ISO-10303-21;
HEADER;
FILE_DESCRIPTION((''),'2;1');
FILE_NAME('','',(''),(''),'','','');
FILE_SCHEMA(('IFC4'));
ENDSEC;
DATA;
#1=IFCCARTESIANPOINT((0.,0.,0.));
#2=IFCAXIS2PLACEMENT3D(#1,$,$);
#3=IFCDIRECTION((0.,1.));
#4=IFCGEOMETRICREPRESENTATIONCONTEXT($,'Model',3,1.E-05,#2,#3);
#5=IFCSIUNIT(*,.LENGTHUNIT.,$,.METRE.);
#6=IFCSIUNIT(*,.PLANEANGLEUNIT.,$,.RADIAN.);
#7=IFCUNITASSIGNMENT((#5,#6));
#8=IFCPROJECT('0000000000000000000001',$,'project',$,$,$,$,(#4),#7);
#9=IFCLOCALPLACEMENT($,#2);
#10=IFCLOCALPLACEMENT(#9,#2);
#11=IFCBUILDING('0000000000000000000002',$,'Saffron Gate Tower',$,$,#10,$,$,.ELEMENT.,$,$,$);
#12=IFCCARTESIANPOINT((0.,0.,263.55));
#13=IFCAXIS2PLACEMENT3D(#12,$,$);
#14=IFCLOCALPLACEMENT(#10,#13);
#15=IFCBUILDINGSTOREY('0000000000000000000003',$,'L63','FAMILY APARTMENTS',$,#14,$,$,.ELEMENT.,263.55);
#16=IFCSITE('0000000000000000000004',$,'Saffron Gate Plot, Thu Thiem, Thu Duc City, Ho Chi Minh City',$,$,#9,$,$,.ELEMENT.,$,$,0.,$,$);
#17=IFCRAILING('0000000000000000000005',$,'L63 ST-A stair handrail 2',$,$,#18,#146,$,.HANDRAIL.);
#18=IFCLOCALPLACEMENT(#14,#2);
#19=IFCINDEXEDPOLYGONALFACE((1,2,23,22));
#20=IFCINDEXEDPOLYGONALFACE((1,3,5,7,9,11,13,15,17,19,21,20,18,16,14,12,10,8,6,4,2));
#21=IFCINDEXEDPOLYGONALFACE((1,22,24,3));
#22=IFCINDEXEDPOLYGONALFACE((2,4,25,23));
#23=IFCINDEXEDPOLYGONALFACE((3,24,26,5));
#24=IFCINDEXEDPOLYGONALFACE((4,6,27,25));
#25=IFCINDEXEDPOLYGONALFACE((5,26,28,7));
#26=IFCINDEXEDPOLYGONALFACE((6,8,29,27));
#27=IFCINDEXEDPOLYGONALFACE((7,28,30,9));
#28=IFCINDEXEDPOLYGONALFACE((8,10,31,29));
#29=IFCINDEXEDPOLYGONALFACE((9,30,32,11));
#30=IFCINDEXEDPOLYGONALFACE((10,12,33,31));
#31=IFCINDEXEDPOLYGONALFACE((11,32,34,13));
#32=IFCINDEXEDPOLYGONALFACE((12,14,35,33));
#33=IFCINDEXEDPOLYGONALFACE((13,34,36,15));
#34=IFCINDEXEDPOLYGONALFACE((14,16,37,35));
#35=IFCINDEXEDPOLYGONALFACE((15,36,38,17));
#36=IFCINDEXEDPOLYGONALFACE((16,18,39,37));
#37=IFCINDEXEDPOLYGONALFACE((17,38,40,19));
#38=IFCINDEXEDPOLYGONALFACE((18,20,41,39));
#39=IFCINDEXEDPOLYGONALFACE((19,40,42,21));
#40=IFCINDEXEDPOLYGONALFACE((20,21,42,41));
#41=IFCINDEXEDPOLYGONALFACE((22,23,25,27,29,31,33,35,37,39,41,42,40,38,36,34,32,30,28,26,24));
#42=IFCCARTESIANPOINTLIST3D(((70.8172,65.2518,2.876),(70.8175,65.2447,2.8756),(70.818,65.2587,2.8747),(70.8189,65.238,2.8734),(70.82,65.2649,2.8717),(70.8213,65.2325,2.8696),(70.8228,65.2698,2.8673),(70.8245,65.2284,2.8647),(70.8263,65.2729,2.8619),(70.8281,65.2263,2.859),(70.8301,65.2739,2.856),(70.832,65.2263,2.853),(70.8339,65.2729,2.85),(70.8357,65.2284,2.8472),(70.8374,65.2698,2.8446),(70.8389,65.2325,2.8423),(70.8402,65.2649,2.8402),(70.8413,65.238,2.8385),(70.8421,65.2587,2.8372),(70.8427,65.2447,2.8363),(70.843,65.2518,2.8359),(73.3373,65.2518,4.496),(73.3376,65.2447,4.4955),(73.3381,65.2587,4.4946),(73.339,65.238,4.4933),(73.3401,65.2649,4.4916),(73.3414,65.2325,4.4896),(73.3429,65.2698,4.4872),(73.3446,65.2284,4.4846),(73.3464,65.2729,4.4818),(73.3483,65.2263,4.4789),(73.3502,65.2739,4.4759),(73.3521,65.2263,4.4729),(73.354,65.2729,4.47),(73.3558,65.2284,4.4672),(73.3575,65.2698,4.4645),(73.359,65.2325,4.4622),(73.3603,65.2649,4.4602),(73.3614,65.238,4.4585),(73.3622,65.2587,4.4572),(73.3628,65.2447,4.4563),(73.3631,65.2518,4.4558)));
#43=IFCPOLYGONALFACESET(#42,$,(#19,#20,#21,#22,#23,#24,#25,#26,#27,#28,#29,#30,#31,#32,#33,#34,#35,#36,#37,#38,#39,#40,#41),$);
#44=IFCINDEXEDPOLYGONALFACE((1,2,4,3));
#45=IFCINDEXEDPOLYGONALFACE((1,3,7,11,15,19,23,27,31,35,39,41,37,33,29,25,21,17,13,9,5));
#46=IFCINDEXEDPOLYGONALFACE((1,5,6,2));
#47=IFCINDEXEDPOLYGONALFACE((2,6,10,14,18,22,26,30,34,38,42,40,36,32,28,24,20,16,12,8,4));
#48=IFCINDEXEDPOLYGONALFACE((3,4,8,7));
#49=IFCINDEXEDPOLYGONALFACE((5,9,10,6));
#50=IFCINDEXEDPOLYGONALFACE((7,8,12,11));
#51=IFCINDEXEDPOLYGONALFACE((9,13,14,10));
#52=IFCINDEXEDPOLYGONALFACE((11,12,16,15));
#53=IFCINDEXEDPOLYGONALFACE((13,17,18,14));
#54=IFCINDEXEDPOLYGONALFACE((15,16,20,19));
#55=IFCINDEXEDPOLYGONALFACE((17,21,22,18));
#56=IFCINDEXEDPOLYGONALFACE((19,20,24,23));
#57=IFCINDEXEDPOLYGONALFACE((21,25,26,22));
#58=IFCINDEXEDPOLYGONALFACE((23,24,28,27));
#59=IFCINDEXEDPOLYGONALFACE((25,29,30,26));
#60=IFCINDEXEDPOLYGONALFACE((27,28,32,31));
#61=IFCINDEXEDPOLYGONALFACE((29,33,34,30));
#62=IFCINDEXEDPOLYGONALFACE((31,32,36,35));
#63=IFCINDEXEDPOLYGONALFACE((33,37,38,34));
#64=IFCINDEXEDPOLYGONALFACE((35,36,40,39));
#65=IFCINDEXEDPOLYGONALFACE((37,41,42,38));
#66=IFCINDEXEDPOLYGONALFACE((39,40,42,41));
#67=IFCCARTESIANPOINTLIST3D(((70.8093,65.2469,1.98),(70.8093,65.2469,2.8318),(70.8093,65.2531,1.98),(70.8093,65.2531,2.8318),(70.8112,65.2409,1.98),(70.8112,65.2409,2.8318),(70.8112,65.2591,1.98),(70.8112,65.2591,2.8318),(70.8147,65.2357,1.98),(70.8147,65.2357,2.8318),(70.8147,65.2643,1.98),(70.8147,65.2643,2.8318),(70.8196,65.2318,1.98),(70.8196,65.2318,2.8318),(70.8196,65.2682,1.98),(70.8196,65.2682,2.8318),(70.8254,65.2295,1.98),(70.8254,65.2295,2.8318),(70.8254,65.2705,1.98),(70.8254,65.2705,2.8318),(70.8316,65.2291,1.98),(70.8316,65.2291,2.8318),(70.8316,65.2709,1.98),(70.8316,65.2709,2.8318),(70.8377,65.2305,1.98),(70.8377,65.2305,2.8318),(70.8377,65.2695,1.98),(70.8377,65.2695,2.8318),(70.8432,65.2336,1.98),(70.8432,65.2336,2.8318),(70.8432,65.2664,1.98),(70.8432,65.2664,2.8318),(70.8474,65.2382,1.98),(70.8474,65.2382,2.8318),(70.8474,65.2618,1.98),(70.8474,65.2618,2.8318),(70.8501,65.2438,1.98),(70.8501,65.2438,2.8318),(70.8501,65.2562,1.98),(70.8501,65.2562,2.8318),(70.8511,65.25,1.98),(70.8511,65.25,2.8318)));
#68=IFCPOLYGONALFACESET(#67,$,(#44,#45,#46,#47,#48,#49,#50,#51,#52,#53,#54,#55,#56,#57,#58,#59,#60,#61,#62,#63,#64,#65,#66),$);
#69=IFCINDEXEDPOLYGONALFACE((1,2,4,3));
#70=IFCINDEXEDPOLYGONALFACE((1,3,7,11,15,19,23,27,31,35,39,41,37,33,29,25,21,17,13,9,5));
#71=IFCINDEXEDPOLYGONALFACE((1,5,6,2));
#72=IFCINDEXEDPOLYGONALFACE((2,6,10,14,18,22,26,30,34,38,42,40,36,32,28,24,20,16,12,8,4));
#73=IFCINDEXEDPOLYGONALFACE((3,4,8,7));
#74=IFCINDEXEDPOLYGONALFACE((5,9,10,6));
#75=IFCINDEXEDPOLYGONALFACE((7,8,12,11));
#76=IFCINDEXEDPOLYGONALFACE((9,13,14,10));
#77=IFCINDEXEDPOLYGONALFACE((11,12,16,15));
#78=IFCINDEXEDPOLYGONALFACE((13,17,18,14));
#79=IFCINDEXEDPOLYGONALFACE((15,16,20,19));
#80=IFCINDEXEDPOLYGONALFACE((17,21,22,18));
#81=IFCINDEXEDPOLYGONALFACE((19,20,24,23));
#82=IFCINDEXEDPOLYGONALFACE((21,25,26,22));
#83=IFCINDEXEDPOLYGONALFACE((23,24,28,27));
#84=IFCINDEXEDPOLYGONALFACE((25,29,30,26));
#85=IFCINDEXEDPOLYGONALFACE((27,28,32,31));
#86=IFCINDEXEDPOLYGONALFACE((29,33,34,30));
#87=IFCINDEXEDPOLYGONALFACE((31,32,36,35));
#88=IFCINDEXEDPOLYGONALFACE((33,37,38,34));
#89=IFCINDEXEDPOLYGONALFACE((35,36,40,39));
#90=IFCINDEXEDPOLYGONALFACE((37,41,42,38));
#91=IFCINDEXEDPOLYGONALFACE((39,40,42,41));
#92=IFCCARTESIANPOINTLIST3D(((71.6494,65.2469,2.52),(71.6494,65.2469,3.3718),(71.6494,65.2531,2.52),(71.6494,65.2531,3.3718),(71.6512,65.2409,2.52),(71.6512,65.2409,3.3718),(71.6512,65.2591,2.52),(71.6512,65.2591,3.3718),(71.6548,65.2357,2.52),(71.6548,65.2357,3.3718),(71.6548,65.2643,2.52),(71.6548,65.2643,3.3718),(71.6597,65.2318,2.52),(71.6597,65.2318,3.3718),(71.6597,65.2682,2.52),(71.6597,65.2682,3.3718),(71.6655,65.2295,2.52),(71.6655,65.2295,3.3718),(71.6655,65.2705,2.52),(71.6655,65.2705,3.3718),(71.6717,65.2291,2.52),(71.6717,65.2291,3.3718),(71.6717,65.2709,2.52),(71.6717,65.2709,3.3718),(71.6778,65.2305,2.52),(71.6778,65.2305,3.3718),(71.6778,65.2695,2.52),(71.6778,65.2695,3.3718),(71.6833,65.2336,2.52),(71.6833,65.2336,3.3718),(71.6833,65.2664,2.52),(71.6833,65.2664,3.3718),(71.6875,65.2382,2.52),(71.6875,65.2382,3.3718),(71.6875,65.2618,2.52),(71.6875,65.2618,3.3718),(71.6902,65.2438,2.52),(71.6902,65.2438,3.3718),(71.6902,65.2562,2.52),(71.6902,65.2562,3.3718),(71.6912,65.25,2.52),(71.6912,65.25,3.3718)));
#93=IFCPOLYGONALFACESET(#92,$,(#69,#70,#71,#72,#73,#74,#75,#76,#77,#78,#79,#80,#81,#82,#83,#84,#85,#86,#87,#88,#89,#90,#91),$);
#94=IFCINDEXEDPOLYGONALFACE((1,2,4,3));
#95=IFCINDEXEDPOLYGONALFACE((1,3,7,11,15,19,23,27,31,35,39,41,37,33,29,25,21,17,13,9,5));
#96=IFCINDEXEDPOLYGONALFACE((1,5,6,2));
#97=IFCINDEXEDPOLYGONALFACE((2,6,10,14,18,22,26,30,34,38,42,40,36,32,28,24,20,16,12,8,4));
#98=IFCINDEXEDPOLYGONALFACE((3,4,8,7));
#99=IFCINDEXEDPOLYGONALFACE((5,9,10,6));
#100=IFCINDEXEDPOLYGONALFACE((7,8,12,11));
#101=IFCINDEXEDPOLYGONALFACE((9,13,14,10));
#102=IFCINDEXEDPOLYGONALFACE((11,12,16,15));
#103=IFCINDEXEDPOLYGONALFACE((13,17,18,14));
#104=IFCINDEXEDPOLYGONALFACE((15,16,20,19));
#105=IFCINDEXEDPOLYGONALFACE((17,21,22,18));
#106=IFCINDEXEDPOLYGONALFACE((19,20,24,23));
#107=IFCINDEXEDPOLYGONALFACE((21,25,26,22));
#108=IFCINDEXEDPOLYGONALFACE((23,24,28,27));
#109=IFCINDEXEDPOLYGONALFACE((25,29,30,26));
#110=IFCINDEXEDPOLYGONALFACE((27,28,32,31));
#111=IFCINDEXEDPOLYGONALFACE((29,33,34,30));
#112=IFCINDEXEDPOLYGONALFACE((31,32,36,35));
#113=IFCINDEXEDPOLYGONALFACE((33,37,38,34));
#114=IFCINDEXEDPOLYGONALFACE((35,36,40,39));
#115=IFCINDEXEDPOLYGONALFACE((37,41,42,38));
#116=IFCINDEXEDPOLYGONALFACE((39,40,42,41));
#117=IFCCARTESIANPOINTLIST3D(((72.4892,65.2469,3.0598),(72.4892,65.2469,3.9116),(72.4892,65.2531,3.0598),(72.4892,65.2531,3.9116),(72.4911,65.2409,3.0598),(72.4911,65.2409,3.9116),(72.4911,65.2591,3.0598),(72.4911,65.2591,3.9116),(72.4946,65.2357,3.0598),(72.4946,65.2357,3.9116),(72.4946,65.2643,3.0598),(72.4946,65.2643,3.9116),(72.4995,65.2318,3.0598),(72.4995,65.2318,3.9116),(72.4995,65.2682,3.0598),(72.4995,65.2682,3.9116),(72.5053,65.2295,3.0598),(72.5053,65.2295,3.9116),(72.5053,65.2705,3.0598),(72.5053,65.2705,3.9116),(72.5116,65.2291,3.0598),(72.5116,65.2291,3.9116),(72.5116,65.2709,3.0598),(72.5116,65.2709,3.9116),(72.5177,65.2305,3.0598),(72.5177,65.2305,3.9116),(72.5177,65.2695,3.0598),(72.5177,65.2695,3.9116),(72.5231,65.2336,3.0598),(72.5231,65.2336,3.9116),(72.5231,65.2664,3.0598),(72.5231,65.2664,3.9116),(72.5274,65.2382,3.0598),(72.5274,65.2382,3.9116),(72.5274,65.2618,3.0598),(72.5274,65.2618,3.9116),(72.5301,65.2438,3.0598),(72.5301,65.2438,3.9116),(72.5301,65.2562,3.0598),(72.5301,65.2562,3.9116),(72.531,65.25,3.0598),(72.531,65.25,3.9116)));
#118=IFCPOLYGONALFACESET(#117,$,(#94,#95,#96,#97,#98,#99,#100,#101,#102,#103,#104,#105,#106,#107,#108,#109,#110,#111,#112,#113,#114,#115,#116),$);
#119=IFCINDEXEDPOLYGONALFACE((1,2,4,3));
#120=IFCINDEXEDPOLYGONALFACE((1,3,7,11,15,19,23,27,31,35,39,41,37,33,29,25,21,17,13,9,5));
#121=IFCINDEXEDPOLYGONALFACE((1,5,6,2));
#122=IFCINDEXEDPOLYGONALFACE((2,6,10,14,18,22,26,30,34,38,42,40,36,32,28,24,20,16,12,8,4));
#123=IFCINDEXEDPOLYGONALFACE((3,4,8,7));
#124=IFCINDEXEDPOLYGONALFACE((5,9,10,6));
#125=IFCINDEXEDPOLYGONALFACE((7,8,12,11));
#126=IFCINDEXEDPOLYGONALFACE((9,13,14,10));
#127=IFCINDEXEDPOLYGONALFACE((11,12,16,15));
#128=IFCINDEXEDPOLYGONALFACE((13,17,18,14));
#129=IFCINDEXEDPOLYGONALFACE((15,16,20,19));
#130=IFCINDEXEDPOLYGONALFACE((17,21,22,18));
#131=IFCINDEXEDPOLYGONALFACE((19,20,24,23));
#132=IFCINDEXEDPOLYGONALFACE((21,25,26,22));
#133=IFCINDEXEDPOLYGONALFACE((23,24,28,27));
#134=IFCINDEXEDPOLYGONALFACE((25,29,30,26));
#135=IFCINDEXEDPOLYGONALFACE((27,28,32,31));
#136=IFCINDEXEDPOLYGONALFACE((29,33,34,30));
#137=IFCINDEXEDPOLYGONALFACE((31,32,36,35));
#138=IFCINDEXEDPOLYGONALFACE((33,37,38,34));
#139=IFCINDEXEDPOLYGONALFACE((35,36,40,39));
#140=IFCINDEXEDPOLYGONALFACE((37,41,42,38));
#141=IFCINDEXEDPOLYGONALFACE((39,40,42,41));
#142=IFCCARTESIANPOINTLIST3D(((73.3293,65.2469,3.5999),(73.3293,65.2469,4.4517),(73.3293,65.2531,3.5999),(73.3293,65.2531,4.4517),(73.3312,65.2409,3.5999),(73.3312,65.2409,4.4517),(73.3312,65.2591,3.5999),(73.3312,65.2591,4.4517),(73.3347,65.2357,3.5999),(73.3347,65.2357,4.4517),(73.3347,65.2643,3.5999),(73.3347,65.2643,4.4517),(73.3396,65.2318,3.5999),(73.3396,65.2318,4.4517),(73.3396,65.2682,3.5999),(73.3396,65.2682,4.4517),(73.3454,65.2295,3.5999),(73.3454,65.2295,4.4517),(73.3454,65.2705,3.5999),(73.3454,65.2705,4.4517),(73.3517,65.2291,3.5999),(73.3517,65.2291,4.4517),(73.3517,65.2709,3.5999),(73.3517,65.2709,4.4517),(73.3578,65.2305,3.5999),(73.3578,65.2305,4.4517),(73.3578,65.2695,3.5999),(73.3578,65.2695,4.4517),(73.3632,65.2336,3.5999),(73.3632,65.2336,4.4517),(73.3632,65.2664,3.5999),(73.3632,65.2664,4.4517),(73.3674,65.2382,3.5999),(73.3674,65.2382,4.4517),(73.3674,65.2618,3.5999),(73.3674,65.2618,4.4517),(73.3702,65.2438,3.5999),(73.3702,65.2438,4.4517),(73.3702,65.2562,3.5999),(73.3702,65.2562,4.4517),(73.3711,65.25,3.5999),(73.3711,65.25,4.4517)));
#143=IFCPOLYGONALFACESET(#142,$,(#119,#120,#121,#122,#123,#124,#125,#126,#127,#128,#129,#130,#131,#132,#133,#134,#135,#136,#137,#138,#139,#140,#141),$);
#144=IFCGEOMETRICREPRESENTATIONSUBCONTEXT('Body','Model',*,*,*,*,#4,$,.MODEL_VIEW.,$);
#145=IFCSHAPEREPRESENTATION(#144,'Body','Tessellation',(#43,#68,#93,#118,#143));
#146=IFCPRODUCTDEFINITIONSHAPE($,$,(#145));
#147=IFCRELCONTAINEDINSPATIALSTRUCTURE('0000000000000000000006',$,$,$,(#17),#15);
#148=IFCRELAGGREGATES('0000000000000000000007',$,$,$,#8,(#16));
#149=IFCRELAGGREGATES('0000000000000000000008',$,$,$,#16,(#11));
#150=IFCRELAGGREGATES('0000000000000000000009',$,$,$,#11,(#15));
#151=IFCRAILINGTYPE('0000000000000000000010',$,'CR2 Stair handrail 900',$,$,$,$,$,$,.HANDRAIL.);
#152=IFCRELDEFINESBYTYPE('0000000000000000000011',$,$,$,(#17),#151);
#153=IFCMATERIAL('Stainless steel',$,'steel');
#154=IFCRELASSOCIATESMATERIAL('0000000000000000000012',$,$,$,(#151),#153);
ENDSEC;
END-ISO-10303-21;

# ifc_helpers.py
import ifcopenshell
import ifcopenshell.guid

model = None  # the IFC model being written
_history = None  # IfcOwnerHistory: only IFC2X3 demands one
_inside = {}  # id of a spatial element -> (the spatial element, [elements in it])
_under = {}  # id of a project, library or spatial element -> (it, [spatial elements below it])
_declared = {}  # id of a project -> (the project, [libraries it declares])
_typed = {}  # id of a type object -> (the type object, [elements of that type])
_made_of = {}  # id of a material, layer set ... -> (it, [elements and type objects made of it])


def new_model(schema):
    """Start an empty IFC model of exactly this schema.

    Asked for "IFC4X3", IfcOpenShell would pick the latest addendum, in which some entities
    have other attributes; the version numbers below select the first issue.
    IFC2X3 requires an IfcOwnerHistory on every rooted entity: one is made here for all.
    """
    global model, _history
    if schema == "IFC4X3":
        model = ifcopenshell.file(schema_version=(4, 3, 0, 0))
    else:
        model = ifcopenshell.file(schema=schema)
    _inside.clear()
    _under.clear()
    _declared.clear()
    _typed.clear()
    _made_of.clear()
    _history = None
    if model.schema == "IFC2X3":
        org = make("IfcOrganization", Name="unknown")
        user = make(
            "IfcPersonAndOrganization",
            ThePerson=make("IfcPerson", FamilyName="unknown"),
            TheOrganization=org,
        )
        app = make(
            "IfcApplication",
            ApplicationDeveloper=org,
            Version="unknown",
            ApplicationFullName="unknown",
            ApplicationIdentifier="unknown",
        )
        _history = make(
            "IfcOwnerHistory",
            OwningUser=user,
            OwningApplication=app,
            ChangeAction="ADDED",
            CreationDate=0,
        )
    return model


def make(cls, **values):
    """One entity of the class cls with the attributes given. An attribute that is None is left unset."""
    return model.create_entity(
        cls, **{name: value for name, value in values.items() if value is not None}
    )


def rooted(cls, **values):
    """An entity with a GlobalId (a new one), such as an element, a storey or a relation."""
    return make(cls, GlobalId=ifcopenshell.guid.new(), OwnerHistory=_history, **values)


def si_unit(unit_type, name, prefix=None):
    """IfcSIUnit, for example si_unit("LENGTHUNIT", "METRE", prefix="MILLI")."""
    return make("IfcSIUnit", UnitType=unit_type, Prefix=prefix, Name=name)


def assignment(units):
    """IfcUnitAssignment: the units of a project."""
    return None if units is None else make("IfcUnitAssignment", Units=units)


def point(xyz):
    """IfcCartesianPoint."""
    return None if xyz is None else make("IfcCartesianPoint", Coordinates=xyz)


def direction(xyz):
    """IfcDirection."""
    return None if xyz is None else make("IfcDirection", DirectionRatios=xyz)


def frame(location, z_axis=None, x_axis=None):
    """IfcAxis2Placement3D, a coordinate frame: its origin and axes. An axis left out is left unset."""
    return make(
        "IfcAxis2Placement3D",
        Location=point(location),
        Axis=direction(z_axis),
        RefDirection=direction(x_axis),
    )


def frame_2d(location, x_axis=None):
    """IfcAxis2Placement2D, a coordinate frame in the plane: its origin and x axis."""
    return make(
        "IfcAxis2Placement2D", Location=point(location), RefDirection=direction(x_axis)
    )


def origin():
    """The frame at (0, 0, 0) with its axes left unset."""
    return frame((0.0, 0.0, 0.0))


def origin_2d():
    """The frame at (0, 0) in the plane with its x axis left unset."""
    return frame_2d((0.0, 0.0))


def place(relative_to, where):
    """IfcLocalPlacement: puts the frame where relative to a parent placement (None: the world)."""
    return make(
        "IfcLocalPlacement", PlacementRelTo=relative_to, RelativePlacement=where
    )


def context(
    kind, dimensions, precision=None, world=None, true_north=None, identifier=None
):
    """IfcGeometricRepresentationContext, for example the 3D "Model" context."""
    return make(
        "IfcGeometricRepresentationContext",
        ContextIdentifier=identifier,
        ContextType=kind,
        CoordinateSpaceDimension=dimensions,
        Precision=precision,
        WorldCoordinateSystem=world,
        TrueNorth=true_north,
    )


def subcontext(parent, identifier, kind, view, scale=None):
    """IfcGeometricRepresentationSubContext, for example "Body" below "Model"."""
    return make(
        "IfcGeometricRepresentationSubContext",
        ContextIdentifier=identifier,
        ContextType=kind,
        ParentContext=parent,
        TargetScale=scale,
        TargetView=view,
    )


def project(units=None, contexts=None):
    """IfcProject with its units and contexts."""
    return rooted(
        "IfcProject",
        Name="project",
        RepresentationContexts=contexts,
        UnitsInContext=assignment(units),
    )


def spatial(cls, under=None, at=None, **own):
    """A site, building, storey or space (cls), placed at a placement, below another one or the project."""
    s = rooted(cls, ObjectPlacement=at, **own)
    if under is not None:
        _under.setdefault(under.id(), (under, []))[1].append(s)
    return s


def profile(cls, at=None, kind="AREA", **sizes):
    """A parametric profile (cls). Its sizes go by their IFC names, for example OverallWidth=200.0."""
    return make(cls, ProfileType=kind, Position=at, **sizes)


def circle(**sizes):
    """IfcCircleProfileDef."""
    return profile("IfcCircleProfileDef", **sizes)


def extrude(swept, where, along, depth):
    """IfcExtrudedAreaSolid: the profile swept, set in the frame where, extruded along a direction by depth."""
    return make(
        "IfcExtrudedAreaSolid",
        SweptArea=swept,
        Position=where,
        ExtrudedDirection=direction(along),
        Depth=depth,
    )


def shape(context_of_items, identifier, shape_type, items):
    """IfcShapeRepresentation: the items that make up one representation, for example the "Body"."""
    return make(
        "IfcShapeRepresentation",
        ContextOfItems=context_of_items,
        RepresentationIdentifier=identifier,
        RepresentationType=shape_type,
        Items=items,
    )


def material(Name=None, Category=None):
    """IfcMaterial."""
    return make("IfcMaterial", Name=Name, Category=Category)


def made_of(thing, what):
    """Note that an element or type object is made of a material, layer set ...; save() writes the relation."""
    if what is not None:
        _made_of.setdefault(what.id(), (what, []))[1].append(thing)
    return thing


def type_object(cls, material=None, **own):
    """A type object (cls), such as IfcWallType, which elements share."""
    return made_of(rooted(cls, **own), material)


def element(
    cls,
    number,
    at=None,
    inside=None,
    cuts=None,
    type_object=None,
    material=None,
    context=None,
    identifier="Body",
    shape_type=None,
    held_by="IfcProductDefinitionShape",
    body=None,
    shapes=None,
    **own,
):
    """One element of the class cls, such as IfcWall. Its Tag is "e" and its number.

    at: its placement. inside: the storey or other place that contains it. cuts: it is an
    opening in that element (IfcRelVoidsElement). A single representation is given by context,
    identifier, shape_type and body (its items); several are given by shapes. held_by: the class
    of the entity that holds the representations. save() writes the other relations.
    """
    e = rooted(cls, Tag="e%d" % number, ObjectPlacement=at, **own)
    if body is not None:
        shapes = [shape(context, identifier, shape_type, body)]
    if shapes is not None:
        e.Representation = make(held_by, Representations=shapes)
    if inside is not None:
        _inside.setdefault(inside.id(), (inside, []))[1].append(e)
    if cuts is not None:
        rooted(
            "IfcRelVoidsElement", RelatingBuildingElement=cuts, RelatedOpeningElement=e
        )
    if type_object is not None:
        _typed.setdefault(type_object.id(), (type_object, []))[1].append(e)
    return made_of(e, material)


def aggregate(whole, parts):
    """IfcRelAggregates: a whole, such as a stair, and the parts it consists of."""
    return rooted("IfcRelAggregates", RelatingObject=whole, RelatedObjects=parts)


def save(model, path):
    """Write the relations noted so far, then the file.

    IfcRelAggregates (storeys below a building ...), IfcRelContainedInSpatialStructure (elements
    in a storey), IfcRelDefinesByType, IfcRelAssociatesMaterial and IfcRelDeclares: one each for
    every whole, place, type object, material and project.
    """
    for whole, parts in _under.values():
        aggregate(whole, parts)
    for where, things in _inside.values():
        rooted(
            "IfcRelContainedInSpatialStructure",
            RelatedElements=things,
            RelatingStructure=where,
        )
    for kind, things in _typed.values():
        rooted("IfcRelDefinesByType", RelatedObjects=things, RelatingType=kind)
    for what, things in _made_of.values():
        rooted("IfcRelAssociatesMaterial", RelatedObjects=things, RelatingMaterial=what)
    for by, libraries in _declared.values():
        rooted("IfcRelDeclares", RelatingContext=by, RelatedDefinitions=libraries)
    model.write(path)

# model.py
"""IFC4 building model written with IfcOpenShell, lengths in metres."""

from ifc_helpers import new_model, si_unit, direction, frame, origin, origin_2d, place, context, subcontext, project, spatial, circle, extrude, material, type_object, element, save


model = new_model("IFC4")

# Units and contexts
model_context = context("Model", 3, precision=1e-05, world=origin(), true_north=direction((0.0, 1.0)))
body_context = subcontext(model_context, "Body", "Model", "MODEL_VIEW")
ifc_project = project(units=[si_unit("LENGTHUNIT", "METRE"), si_unit("PLANEANGLEUNIT", "RADIAN")], contexts=[model_context])

# Site, building, storey
site_placement = place(None, origin())
site = spatial("IfcSite", under=ifc_project, at=site_placement, Name="Saffron Gate Plot, Thu Thiem, Thu Duc City, Ho Chi Minh City", CompositionType="ELEMENT", RefElevation=0.0)
building_placement = place(site_placement, origin())
building = spatial("IfcBuilding", under=site, at=building_placement, Name="Saffron Gate Tower", CompositionType="ELEMENT")
storey_placement = place(building_placement, frame((0.0, 0.0, 263.55)))
storey = spatial("IfcBuildingStorey", under=building, at=storey_placement, Name="L63", Description="FAMILY APARTMENTS", CompositionType="ELEMENT", Elevation=263.55)

# Railing
ifc_material_1 = material(Name="Stainless steel", Category="steel")
railing_type_1 = type_object("IfcRailingType", Name="CR2 Stair handrail 900", PredefinedType="HANDRAIL", material=ifc_material_1)
railing_1_placement = place(storey_placement, frame((70.8301, 65.25, 1.98)))
element("IfcRailing", 1, at=railing_1_placement, inside=storey, type_object=railing_type_1, Name="L63 ST-A stair handrail 2", PredefinedType="HANDRAIL", context=body_context, shape_type="SweptSolid", body=[
    extrude(circle(Radius=0.0239, at=origin_2d()), frame((0.0, 0.0, 0.876), z_axis=(0.8412, 0.0, 0.540725), x_axis=(0.0, 1.0, 0.0)), (0.0, 0.0, 1.0), 2.9958),
    extrude(circle(Radius=0.021, at=origin_2d()), origin(), (0.0, 0.0, 1.0), 0.8518),
    extrude(circle(Radius=0.021, at=origin_2d()), frame((0.8401, 0.0, 0.54)), (0.0, 0.0, 1.0), 0.8518),
    extrude(circle(Radius=0.021, at=origin_2d()), frame((1.6799, 0.0, 1.0798)), (0.0, 0.0, 1.0), 0.8518),
    extrude(circle(Radius=0.021, at=origin_2d()), frame((2.52, 0.0, 1.6199)), (0.0, 0.0, 1.0), 0.8518),
])

save(model, "model.ifc")
